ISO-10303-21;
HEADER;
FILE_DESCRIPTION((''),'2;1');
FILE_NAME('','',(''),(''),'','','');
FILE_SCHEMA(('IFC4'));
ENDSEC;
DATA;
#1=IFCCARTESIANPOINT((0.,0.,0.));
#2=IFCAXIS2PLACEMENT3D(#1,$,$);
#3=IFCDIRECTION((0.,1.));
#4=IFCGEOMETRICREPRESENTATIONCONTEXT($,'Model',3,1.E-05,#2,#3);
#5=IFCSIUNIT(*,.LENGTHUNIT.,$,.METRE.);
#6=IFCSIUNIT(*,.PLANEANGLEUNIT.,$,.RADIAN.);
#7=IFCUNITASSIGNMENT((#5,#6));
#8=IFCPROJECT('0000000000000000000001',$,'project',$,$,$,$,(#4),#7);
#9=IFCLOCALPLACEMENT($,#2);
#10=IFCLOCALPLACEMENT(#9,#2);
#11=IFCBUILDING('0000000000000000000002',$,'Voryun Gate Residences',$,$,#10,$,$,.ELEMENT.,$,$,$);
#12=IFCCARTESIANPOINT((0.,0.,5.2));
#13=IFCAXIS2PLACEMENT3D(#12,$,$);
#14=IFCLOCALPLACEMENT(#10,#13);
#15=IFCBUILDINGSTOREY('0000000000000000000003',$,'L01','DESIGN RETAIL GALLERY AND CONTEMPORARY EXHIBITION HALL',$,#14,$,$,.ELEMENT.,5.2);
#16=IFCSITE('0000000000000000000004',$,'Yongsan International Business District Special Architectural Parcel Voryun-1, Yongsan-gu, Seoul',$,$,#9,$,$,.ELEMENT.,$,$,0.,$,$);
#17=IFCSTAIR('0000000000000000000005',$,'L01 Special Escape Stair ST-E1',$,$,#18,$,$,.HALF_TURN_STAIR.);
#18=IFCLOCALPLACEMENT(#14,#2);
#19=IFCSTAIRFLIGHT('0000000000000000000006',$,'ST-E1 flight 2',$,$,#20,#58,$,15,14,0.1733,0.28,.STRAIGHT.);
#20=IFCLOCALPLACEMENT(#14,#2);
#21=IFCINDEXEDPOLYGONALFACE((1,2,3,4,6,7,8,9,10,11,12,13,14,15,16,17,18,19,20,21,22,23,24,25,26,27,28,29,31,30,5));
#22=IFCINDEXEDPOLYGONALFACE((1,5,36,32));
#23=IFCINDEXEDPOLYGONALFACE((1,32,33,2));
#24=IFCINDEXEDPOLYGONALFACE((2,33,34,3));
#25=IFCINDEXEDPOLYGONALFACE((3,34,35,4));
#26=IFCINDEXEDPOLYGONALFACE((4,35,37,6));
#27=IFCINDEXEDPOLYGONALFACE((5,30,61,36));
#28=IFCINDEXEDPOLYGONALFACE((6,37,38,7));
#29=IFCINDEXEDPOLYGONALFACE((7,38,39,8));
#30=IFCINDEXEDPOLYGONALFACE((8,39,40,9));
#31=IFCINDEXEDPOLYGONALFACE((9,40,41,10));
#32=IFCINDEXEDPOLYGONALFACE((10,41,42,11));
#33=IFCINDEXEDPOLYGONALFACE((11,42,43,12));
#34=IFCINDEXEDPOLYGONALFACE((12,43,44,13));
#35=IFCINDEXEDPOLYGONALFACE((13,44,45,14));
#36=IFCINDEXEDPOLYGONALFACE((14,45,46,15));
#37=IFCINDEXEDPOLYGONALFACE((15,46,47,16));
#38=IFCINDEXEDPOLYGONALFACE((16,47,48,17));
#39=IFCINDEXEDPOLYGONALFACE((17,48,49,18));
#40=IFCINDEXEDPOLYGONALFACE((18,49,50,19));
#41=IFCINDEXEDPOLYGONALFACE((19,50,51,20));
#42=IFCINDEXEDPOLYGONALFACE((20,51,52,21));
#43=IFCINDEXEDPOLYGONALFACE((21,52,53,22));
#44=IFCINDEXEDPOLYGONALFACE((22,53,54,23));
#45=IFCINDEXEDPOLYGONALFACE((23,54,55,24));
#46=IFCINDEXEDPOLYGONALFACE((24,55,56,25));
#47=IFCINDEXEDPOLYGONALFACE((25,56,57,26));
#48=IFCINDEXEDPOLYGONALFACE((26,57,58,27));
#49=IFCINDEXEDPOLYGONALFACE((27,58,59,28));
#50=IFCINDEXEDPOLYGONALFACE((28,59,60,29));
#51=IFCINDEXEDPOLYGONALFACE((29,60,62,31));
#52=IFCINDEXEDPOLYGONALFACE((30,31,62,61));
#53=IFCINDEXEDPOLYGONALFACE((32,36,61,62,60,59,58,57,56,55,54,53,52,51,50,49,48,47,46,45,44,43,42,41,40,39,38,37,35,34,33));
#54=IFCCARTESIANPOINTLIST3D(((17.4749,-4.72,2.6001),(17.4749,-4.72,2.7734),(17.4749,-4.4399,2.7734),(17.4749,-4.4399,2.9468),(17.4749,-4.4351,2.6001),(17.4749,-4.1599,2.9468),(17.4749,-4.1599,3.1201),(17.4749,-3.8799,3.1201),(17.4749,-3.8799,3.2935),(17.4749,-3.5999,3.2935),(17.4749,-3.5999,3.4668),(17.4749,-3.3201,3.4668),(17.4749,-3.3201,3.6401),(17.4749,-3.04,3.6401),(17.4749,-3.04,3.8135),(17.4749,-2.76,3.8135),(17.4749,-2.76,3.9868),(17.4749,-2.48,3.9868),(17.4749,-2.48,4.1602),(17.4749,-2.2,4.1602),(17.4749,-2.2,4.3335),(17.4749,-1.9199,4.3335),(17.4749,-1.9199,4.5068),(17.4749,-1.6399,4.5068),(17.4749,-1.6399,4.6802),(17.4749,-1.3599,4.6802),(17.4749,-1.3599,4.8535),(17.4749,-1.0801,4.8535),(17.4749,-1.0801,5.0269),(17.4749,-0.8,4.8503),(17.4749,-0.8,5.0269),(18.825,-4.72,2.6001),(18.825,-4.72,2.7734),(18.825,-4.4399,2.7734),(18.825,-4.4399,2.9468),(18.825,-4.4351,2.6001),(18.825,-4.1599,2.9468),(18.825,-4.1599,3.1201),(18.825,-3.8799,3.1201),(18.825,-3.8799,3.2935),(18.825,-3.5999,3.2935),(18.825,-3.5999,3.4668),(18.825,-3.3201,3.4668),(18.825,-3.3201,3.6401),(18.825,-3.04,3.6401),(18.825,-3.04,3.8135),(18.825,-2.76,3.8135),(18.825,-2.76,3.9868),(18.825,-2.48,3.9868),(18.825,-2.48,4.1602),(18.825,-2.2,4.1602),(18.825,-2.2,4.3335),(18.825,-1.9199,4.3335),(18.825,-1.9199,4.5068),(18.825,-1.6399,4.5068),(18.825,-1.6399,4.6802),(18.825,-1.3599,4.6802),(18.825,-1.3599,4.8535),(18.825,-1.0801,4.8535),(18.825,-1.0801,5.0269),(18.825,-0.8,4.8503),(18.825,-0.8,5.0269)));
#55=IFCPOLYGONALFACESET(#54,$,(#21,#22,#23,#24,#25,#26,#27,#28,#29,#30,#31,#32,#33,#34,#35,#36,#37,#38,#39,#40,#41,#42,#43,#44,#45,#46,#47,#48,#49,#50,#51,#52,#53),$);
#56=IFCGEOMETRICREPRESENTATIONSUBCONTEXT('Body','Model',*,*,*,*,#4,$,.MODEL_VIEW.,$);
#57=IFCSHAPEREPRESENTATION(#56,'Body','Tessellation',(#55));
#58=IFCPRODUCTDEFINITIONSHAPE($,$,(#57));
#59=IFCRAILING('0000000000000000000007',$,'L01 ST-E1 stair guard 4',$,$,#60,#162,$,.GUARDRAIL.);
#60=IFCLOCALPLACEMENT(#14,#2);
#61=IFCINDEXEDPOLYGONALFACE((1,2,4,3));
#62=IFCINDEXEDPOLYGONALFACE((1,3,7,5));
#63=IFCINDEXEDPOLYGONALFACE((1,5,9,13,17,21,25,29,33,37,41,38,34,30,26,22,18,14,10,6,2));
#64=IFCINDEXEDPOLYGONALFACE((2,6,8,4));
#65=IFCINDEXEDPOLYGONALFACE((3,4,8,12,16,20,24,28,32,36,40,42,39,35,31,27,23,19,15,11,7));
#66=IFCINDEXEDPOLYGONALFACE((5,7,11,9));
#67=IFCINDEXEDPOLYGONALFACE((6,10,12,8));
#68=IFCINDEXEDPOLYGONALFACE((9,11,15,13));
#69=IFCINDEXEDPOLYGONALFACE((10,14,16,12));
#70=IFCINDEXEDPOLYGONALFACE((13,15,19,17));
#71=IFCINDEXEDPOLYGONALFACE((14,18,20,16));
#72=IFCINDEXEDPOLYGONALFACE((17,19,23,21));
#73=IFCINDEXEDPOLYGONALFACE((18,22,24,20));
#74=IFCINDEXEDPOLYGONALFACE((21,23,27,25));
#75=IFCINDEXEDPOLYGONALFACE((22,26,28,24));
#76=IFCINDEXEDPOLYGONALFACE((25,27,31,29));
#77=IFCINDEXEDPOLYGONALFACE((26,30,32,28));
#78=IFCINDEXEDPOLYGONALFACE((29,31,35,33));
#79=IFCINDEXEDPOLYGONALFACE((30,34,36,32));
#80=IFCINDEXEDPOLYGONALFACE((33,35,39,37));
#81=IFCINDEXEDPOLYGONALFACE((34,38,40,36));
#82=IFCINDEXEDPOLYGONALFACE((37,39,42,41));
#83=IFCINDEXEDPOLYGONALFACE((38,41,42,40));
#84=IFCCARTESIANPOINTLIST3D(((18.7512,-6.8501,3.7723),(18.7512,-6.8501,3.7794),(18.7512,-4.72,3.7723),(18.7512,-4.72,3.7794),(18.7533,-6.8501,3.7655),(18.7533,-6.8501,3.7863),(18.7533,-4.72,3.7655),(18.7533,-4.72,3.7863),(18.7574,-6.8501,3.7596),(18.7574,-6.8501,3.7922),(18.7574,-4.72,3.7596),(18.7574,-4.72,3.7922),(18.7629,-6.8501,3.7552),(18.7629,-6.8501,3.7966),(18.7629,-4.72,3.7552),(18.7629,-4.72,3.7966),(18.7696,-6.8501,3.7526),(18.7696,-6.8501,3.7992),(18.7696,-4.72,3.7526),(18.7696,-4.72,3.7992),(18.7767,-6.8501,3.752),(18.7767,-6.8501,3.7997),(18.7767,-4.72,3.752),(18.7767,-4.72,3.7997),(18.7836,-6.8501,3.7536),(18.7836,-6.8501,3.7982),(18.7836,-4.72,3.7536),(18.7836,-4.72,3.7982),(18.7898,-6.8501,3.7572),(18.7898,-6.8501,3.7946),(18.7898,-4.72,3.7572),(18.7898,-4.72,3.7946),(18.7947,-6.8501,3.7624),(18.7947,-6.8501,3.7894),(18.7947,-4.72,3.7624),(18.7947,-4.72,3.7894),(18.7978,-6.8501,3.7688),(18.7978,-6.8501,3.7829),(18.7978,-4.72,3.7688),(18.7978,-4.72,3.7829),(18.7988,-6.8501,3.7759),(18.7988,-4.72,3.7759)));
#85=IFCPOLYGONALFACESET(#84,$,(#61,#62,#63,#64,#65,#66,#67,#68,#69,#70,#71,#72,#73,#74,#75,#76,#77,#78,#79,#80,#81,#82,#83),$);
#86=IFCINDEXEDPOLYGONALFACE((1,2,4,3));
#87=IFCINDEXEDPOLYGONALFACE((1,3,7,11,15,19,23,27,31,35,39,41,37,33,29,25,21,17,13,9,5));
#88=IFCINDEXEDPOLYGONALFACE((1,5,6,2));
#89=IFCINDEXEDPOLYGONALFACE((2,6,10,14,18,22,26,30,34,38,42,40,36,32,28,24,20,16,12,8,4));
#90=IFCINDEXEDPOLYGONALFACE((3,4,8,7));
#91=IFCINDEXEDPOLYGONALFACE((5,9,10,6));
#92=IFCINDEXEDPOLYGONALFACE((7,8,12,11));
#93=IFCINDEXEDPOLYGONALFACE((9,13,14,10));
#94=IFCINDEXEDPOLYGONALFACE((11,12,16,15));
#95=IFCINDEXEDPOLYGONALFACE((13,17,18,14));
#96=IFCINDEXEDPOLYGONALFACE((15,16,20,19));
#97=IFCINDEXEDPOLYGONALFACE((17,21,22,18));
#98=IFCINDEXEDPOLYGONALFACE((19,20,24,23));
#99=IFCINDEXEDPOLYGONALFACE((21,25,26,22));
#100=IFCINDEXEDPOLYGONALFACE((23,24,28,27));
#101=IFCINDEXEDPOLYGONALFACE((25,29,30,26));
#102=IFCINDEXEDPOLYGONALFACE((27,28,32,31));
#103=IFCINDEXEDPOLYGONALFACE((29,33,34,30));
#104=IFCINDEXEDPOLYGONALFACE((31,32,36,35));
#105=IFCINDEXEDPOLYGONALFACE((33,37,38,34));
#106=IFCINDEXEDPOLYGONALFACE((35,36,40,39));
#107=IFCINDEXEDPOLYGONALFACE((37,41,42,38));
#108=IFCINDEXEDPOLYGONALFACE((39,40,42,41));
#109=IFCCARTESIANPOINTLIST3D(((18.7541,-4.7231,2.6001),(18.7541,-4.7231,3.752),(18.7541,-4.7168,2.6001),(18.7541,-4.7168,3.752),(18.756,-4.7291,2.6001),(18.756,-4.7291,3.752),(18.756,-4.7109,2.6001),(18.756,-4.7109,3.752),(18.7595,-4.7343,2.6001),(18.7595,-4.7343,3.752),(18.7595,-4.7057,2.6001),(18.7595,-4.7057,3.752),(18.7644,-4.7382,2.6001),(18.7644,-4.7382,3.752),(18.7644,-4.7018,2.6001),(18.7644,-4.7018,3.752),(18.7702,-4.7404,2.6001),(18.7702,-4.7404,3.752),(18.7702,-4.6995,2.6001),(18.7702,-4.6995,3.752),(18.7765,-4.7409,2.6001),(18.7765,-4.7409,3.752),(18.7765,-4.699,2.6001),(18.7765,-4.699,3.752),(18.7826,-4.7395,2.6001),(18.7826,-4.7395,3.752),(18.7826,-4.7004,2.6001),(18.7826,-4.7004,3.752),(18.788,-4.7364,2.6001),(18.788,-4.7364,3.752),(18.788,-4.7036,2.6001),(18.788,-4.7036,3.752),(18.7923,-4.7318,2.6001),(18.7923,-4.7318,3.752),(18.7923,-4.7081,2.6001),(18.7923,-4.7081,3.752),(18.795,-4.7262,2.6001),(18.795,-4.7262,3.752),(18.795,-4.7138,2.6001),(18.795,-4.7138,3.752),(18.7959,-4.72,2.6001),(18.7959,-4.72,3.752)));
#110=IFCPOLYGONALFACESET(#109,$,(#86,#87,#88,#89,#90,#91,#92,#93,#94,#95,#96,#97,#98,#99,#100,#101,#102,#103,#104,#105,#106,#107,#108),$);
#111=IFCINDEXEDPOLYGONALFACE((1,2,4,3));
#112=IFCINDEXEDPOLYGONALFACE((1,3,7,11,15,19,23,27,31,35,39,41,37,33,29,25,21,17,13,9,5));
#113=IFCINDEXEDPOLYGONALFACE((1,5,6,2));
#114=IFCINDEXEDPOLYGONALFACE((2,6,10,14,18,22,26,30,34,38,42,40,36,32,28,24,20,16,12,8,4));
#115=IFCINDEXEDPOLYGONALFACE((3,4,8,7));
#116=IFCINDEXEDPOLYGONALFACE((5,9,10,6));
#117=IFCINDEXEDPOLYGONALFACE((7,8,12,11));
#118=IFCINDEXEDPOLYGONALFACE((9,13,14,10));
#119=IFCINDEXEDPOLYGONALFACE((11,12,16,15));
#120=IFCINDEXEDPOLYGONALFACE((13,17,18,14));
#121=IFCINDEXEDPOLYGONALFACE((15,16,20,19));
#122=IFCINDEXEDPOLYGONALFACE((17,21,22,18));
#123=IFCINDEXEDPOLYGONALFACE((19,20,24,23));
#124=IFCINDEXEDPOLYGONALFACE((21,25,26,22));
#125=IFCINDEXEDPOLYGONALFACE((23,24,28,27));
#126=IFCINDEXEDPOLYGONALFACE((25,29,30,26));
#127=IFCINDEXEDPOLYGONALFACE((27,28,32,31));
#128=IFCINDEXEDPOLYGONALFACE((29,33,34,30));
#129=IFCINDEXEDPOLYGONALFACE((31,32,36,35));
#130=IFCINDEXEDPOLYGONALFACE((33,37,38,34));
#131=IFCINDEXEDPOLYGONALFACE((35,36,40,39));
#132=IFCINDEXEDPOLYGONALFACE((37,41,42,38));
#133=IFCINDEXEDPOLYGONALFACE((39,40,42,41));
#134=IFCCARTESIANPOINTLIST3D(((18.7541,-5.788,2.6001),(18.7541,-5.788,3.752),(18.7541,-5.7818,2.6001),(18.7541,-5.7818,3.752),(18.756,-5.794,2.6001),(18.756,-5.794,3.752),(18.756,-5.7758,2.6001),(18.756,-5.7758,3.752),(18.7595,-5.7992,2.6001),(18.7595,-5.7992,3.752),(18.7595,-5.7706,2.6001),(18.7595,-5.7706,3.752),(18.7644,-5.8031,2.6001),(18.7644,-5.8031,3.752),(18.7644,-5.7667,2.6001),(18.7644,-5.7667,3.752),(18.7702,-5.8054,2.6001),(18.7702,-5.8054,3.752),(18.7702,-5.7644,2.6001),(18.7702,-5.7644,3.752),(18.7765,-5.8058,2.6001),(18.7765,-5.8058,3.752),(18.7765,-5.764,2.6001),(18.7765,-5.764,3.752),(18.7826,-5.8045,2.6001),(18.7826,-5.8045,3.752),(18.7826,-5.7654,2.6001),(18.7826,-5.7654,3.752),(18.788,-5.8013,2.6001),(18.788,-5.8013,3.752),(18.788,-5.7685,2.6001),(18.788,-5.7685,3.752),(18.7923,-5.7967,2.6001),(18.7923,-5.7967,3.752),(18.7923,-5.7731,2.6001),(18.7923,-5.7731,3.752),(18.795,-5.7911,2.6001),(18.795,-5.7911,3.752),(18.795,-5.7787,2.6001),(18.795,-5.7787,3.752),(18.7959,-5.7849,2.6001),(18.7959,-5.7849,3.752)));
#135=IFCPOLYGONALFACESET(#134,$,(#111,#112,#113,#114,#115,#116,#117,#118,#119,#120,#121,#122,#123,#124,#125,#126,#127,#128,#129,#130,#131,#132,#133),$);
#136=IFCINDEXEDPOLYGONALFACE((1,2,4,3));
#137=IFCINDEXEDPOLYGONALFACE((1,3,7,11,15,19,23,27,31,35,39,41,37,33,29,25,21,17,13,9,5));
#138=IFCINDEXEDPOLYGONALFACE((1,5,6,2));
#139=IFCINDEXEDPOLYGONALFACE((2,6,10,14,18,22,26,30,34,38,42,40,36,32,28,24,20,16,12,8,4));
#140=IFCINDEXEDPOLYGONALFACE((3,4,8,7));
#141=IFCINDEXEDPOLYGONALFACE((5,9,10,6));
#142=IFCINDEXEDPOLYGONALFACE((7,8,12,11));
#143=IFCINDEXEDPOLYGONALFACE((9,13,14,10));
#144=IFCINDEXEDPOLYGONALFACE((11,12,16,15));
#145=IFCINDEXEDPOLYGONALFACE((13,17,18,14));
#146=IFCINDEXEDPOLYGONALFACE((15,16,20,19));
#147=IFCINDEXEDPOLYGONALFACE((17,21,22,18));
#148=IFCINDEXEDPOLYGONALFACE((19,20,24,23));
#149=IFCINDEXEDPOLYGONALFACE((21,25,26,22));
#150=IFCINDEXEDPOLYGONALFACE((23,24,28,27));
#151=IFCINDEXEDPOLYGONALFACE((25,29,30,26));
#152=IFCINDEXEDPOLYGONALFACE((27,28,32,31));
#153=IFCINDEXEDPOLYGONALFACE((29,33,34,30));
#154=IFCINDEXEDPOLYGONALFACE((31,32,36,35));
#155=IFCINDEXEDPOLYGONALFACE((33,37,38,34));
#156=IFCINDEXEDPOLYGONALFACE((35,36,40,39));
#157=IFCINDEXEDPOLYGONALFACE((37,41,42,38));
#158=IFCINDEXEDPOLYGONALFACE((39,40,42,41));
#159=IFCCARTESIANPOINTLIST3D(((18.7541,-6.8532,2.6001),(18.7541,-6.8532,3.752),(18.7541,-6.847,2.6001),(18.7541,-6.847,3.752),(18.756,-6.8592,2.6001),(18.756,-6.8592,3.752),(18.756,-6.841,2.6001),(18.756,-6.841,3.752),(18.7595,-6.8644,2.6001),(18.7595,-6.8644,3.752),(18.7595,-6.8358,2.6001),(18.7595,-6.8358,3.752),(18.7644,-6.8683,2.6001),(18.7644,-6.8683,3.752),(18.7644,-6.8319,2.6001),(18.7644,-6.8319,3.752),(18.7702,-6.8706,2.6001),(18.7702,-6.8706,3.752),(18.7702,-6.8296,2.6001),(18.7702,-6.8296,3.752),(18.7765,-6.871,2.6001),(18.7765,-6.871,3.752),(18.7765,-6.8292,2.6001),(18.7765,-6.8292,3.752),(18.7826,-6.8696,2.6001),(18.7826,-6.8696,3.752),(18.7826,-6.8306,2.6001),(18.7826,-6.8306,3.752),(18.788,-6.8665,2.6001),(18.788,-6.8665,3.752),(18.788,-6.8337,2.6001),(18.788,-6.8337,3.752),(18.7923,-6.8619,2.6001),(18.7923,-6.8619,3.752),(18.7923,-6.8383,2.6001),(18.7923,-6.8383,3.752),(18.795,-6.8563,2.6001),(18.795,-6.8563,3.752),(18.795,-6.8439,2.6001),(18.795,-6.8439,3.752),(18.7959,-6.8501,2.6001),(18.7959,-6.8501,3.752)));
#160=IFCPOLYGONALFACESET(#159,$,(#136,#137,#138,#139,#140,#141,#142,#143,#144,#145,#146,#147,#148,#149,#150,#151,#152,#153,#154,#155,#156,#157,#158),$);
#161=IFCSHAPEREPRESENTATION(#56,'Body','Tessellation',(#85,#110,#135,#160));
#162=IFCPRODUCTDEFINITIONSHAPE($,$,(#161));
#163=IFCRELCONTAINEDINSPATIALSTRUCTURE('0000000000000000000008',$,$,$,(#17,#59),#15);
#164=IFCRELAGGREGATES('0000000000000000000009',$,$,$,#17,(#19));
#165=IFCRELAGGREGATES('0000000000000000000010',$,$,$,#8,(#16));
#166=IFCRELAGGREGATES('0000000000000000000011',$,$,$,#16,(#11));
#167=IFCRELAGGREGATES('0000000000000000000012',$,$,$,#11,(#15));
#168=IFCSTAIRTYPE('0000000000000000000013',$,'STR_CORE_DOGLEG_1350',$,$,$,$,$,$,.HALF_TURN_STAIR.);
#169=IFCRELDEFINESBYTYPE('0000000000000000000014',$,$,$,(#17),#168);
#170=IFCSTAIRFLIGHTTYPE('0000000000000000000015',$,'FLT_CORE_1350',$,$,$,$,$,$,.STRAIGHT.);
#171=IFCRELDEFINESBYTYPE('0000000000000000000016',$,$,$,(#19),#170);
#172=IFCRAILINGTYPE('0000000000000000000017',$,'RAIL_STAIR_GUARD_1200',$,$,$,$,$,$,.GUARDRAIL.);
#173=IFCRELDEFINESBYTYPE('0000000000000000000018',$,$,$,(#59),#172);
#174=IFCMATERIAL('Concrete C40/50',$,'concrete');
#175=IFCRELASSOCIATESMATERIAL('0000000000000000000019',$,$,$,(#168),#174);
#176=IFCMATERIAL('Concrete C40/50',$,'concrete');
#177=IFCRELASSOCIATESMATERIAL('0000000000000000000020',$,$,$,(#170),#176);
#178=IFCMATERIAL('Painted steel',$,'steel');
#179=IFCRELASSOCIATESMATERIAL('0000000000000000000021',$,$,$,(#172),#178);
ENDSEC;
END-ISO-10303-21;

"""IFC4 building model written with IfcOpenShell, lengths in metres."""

from ifc_helpers import new_model, si_unit, direction, frame, origin, origin_2d, place, context, subcontext, project, spatial, polyline, circle, outline, extrude, material, type_object, element, aggregate, save


model = new_model("IFC4")

# Units and contexts
model_context = context("Model", 3, precision=1e-05, world=origin(), true_north=direction((0.0, 1.0)))
body_context = subcontext(model_context, "Body", "Model", "MODEL_VIEW")
ifc_project = project(units=[si_unit("LENGTHUNIT", "METRE"), si_unit("PLANEANGLEUNIT", "RADIAN")], contexts=[model_context])

# Site, building, storey
site_placement = place(None, origin())
site = spatial("IfcSite", under=ifc_project, at=site_placement, Name="Yongsan International Business District Special Architectural Parcel Voryun-1, Yongsan-gu, Seoul", CompositionType="ELEMENT", RefElevation=0.0)
building_placement = place(site_placement, origin())
building = spatial("IfcBuilding", under=site, at=building_placement, Name="Voryun Gate Residences", CompositionType="ELEMENT")
storey_placement = place(building_placement, frame((0.0, 0.0, 5.2)))
storey = spatial("IfcBuildingStorey", under=building, at=storey_placement, Name="L01", Description="DESIGN RETAIL GALLERY AND CONTEMPORARY EXHIBITION HALL", CompositionType="ELEMENT", Elevation=5.2)

# Stair, stair flight
ifc_material_1 = material(Name="Concrete C40/50", Category="concrete")
stair_type = type_object("IfcStairType", Name="STR_CORE_DOGLEG_1350", PredefinedType="HALF_TURN_STAIR", material=ifc_material_1)
stair_placement = place(storey_placement, origin())
stair = element("IfcStair", 1, at=stair_placement, inside=storey, type_object=stair_type, Name="L01 Special Escape Stair ST-E1", PredefinedType="HALF_TURN_STAIR")
ifc_material_2 = material(Name="Concrete C40/50", Category="concrete")
stair_flight_type = type_object("IfcStairFlightType", Name="FLT_CORE_1350", PredefinedType="STRAIGHT", material=ifc_material_2)
stair_flight_placement = place(storey_placement, frame((18.1499, -4.72, 2.6001), z_axis=(0.0, 0.0, 1.0), x_axis=(0.0, 1.0, 0.0)))
stair_flight = element("IfcStairFlight", 2, at=stair_flight_placement, type_object=stair_flight_type, Name="ST-E1 flight 2", NumberOfRisers=15, NumberOfTreads=14, PredefinedType="STRAIGHT", RiserHeight=0.1733, TreadLength=0.28, context=body_context, shape_type="SweptSolid", body=[
    extrude(outline(polyline([(0.0, 0.0), (0.0, 0.1733), (0.28, 0.1733), (0.28, 0.3467), (0.5601, 0.3467), (0.5601, 0.52), (0.8401, 0.52), (0.8401, 0.6934), (1.1201, 0.6934), (1.1201, 0.8667), (1.3999, 0.8667), (1.3999, 1.04), (1.6799, 1.04), (1.6799, 1.2134), (1.96, 1.2134), (1.96, 1.3867), (2.24, 1.3867), (2.24, 1.5601), (2.52, 1.5601), (2.52, 1.7334), (2.8, 1.7334), (2.8, 1.9067), (3.0801, 1.9067), (3.0801, 2.0801), (3.3601, 2.0801), (3.3601, 2.2534), (3.6399, 2.2534), (3.6399, 2.4268), (3.9199, 2.4268), (3.9199, 2.6001), (3.9199, 2.2502), (0.2849, 0.0), (0.0, 0.0)])), frame((0.0, 0.675, 0.0), z_axis=(0.0, -1.0, 0.0), x_axis=(1.0, 0.0, 0.0)), (0.0, 0.0, 1.0), 1.3501),
])
aggregate(stair, [stair_flight])

# Railing
ifc_material_3 = material(Name="Painted steel", Category="steel")
railing_type_1 = type_object("IfcRailingType", Name="RAIL_STAIR_GUARD_1200", PredefinedType="GUARDRAIL", material=ifc_material_3)
railing_1_placement = place(storey_placement, frame((18.7749, -4.72, 2.6001)))
element("IfcRailing", 3, at=railing_1_placement, inside=storey, type_object=railing_type_1, Name="L01 ST-E1 stair guard 4", PredefinedType="GUARDRAIL", context=body_context, shape_type="SweptSolid", body=[
    extrude(circle(Radius=0.0239, at=origin_2d()), frame((0.0, 0.0, 1.1758), z_axis=(0.0, -1.0, 0.0), x_axis=(1.0, 0.0, 0.0)), (0.0, 0.0, 1.0), 2.1301),
    extrude(circle(Radius=0.021, at=origin_2d()), origin(), (0.0, 0.0, 1.0), 1.1519),
    extrude(circle(Radius=0.021, at=origin_2d()), frame((0.0, -1.0649, 0.0)), (0.0, 0.0, 1.0), 1.1519),
    extrude(circle(Radius=0.021, at=origin_2d()), frame((0.0, -2.1301, 0.0)), (0.0, 0.0, 1.0), 1.1519),
])

save(model, "model.ifc")
